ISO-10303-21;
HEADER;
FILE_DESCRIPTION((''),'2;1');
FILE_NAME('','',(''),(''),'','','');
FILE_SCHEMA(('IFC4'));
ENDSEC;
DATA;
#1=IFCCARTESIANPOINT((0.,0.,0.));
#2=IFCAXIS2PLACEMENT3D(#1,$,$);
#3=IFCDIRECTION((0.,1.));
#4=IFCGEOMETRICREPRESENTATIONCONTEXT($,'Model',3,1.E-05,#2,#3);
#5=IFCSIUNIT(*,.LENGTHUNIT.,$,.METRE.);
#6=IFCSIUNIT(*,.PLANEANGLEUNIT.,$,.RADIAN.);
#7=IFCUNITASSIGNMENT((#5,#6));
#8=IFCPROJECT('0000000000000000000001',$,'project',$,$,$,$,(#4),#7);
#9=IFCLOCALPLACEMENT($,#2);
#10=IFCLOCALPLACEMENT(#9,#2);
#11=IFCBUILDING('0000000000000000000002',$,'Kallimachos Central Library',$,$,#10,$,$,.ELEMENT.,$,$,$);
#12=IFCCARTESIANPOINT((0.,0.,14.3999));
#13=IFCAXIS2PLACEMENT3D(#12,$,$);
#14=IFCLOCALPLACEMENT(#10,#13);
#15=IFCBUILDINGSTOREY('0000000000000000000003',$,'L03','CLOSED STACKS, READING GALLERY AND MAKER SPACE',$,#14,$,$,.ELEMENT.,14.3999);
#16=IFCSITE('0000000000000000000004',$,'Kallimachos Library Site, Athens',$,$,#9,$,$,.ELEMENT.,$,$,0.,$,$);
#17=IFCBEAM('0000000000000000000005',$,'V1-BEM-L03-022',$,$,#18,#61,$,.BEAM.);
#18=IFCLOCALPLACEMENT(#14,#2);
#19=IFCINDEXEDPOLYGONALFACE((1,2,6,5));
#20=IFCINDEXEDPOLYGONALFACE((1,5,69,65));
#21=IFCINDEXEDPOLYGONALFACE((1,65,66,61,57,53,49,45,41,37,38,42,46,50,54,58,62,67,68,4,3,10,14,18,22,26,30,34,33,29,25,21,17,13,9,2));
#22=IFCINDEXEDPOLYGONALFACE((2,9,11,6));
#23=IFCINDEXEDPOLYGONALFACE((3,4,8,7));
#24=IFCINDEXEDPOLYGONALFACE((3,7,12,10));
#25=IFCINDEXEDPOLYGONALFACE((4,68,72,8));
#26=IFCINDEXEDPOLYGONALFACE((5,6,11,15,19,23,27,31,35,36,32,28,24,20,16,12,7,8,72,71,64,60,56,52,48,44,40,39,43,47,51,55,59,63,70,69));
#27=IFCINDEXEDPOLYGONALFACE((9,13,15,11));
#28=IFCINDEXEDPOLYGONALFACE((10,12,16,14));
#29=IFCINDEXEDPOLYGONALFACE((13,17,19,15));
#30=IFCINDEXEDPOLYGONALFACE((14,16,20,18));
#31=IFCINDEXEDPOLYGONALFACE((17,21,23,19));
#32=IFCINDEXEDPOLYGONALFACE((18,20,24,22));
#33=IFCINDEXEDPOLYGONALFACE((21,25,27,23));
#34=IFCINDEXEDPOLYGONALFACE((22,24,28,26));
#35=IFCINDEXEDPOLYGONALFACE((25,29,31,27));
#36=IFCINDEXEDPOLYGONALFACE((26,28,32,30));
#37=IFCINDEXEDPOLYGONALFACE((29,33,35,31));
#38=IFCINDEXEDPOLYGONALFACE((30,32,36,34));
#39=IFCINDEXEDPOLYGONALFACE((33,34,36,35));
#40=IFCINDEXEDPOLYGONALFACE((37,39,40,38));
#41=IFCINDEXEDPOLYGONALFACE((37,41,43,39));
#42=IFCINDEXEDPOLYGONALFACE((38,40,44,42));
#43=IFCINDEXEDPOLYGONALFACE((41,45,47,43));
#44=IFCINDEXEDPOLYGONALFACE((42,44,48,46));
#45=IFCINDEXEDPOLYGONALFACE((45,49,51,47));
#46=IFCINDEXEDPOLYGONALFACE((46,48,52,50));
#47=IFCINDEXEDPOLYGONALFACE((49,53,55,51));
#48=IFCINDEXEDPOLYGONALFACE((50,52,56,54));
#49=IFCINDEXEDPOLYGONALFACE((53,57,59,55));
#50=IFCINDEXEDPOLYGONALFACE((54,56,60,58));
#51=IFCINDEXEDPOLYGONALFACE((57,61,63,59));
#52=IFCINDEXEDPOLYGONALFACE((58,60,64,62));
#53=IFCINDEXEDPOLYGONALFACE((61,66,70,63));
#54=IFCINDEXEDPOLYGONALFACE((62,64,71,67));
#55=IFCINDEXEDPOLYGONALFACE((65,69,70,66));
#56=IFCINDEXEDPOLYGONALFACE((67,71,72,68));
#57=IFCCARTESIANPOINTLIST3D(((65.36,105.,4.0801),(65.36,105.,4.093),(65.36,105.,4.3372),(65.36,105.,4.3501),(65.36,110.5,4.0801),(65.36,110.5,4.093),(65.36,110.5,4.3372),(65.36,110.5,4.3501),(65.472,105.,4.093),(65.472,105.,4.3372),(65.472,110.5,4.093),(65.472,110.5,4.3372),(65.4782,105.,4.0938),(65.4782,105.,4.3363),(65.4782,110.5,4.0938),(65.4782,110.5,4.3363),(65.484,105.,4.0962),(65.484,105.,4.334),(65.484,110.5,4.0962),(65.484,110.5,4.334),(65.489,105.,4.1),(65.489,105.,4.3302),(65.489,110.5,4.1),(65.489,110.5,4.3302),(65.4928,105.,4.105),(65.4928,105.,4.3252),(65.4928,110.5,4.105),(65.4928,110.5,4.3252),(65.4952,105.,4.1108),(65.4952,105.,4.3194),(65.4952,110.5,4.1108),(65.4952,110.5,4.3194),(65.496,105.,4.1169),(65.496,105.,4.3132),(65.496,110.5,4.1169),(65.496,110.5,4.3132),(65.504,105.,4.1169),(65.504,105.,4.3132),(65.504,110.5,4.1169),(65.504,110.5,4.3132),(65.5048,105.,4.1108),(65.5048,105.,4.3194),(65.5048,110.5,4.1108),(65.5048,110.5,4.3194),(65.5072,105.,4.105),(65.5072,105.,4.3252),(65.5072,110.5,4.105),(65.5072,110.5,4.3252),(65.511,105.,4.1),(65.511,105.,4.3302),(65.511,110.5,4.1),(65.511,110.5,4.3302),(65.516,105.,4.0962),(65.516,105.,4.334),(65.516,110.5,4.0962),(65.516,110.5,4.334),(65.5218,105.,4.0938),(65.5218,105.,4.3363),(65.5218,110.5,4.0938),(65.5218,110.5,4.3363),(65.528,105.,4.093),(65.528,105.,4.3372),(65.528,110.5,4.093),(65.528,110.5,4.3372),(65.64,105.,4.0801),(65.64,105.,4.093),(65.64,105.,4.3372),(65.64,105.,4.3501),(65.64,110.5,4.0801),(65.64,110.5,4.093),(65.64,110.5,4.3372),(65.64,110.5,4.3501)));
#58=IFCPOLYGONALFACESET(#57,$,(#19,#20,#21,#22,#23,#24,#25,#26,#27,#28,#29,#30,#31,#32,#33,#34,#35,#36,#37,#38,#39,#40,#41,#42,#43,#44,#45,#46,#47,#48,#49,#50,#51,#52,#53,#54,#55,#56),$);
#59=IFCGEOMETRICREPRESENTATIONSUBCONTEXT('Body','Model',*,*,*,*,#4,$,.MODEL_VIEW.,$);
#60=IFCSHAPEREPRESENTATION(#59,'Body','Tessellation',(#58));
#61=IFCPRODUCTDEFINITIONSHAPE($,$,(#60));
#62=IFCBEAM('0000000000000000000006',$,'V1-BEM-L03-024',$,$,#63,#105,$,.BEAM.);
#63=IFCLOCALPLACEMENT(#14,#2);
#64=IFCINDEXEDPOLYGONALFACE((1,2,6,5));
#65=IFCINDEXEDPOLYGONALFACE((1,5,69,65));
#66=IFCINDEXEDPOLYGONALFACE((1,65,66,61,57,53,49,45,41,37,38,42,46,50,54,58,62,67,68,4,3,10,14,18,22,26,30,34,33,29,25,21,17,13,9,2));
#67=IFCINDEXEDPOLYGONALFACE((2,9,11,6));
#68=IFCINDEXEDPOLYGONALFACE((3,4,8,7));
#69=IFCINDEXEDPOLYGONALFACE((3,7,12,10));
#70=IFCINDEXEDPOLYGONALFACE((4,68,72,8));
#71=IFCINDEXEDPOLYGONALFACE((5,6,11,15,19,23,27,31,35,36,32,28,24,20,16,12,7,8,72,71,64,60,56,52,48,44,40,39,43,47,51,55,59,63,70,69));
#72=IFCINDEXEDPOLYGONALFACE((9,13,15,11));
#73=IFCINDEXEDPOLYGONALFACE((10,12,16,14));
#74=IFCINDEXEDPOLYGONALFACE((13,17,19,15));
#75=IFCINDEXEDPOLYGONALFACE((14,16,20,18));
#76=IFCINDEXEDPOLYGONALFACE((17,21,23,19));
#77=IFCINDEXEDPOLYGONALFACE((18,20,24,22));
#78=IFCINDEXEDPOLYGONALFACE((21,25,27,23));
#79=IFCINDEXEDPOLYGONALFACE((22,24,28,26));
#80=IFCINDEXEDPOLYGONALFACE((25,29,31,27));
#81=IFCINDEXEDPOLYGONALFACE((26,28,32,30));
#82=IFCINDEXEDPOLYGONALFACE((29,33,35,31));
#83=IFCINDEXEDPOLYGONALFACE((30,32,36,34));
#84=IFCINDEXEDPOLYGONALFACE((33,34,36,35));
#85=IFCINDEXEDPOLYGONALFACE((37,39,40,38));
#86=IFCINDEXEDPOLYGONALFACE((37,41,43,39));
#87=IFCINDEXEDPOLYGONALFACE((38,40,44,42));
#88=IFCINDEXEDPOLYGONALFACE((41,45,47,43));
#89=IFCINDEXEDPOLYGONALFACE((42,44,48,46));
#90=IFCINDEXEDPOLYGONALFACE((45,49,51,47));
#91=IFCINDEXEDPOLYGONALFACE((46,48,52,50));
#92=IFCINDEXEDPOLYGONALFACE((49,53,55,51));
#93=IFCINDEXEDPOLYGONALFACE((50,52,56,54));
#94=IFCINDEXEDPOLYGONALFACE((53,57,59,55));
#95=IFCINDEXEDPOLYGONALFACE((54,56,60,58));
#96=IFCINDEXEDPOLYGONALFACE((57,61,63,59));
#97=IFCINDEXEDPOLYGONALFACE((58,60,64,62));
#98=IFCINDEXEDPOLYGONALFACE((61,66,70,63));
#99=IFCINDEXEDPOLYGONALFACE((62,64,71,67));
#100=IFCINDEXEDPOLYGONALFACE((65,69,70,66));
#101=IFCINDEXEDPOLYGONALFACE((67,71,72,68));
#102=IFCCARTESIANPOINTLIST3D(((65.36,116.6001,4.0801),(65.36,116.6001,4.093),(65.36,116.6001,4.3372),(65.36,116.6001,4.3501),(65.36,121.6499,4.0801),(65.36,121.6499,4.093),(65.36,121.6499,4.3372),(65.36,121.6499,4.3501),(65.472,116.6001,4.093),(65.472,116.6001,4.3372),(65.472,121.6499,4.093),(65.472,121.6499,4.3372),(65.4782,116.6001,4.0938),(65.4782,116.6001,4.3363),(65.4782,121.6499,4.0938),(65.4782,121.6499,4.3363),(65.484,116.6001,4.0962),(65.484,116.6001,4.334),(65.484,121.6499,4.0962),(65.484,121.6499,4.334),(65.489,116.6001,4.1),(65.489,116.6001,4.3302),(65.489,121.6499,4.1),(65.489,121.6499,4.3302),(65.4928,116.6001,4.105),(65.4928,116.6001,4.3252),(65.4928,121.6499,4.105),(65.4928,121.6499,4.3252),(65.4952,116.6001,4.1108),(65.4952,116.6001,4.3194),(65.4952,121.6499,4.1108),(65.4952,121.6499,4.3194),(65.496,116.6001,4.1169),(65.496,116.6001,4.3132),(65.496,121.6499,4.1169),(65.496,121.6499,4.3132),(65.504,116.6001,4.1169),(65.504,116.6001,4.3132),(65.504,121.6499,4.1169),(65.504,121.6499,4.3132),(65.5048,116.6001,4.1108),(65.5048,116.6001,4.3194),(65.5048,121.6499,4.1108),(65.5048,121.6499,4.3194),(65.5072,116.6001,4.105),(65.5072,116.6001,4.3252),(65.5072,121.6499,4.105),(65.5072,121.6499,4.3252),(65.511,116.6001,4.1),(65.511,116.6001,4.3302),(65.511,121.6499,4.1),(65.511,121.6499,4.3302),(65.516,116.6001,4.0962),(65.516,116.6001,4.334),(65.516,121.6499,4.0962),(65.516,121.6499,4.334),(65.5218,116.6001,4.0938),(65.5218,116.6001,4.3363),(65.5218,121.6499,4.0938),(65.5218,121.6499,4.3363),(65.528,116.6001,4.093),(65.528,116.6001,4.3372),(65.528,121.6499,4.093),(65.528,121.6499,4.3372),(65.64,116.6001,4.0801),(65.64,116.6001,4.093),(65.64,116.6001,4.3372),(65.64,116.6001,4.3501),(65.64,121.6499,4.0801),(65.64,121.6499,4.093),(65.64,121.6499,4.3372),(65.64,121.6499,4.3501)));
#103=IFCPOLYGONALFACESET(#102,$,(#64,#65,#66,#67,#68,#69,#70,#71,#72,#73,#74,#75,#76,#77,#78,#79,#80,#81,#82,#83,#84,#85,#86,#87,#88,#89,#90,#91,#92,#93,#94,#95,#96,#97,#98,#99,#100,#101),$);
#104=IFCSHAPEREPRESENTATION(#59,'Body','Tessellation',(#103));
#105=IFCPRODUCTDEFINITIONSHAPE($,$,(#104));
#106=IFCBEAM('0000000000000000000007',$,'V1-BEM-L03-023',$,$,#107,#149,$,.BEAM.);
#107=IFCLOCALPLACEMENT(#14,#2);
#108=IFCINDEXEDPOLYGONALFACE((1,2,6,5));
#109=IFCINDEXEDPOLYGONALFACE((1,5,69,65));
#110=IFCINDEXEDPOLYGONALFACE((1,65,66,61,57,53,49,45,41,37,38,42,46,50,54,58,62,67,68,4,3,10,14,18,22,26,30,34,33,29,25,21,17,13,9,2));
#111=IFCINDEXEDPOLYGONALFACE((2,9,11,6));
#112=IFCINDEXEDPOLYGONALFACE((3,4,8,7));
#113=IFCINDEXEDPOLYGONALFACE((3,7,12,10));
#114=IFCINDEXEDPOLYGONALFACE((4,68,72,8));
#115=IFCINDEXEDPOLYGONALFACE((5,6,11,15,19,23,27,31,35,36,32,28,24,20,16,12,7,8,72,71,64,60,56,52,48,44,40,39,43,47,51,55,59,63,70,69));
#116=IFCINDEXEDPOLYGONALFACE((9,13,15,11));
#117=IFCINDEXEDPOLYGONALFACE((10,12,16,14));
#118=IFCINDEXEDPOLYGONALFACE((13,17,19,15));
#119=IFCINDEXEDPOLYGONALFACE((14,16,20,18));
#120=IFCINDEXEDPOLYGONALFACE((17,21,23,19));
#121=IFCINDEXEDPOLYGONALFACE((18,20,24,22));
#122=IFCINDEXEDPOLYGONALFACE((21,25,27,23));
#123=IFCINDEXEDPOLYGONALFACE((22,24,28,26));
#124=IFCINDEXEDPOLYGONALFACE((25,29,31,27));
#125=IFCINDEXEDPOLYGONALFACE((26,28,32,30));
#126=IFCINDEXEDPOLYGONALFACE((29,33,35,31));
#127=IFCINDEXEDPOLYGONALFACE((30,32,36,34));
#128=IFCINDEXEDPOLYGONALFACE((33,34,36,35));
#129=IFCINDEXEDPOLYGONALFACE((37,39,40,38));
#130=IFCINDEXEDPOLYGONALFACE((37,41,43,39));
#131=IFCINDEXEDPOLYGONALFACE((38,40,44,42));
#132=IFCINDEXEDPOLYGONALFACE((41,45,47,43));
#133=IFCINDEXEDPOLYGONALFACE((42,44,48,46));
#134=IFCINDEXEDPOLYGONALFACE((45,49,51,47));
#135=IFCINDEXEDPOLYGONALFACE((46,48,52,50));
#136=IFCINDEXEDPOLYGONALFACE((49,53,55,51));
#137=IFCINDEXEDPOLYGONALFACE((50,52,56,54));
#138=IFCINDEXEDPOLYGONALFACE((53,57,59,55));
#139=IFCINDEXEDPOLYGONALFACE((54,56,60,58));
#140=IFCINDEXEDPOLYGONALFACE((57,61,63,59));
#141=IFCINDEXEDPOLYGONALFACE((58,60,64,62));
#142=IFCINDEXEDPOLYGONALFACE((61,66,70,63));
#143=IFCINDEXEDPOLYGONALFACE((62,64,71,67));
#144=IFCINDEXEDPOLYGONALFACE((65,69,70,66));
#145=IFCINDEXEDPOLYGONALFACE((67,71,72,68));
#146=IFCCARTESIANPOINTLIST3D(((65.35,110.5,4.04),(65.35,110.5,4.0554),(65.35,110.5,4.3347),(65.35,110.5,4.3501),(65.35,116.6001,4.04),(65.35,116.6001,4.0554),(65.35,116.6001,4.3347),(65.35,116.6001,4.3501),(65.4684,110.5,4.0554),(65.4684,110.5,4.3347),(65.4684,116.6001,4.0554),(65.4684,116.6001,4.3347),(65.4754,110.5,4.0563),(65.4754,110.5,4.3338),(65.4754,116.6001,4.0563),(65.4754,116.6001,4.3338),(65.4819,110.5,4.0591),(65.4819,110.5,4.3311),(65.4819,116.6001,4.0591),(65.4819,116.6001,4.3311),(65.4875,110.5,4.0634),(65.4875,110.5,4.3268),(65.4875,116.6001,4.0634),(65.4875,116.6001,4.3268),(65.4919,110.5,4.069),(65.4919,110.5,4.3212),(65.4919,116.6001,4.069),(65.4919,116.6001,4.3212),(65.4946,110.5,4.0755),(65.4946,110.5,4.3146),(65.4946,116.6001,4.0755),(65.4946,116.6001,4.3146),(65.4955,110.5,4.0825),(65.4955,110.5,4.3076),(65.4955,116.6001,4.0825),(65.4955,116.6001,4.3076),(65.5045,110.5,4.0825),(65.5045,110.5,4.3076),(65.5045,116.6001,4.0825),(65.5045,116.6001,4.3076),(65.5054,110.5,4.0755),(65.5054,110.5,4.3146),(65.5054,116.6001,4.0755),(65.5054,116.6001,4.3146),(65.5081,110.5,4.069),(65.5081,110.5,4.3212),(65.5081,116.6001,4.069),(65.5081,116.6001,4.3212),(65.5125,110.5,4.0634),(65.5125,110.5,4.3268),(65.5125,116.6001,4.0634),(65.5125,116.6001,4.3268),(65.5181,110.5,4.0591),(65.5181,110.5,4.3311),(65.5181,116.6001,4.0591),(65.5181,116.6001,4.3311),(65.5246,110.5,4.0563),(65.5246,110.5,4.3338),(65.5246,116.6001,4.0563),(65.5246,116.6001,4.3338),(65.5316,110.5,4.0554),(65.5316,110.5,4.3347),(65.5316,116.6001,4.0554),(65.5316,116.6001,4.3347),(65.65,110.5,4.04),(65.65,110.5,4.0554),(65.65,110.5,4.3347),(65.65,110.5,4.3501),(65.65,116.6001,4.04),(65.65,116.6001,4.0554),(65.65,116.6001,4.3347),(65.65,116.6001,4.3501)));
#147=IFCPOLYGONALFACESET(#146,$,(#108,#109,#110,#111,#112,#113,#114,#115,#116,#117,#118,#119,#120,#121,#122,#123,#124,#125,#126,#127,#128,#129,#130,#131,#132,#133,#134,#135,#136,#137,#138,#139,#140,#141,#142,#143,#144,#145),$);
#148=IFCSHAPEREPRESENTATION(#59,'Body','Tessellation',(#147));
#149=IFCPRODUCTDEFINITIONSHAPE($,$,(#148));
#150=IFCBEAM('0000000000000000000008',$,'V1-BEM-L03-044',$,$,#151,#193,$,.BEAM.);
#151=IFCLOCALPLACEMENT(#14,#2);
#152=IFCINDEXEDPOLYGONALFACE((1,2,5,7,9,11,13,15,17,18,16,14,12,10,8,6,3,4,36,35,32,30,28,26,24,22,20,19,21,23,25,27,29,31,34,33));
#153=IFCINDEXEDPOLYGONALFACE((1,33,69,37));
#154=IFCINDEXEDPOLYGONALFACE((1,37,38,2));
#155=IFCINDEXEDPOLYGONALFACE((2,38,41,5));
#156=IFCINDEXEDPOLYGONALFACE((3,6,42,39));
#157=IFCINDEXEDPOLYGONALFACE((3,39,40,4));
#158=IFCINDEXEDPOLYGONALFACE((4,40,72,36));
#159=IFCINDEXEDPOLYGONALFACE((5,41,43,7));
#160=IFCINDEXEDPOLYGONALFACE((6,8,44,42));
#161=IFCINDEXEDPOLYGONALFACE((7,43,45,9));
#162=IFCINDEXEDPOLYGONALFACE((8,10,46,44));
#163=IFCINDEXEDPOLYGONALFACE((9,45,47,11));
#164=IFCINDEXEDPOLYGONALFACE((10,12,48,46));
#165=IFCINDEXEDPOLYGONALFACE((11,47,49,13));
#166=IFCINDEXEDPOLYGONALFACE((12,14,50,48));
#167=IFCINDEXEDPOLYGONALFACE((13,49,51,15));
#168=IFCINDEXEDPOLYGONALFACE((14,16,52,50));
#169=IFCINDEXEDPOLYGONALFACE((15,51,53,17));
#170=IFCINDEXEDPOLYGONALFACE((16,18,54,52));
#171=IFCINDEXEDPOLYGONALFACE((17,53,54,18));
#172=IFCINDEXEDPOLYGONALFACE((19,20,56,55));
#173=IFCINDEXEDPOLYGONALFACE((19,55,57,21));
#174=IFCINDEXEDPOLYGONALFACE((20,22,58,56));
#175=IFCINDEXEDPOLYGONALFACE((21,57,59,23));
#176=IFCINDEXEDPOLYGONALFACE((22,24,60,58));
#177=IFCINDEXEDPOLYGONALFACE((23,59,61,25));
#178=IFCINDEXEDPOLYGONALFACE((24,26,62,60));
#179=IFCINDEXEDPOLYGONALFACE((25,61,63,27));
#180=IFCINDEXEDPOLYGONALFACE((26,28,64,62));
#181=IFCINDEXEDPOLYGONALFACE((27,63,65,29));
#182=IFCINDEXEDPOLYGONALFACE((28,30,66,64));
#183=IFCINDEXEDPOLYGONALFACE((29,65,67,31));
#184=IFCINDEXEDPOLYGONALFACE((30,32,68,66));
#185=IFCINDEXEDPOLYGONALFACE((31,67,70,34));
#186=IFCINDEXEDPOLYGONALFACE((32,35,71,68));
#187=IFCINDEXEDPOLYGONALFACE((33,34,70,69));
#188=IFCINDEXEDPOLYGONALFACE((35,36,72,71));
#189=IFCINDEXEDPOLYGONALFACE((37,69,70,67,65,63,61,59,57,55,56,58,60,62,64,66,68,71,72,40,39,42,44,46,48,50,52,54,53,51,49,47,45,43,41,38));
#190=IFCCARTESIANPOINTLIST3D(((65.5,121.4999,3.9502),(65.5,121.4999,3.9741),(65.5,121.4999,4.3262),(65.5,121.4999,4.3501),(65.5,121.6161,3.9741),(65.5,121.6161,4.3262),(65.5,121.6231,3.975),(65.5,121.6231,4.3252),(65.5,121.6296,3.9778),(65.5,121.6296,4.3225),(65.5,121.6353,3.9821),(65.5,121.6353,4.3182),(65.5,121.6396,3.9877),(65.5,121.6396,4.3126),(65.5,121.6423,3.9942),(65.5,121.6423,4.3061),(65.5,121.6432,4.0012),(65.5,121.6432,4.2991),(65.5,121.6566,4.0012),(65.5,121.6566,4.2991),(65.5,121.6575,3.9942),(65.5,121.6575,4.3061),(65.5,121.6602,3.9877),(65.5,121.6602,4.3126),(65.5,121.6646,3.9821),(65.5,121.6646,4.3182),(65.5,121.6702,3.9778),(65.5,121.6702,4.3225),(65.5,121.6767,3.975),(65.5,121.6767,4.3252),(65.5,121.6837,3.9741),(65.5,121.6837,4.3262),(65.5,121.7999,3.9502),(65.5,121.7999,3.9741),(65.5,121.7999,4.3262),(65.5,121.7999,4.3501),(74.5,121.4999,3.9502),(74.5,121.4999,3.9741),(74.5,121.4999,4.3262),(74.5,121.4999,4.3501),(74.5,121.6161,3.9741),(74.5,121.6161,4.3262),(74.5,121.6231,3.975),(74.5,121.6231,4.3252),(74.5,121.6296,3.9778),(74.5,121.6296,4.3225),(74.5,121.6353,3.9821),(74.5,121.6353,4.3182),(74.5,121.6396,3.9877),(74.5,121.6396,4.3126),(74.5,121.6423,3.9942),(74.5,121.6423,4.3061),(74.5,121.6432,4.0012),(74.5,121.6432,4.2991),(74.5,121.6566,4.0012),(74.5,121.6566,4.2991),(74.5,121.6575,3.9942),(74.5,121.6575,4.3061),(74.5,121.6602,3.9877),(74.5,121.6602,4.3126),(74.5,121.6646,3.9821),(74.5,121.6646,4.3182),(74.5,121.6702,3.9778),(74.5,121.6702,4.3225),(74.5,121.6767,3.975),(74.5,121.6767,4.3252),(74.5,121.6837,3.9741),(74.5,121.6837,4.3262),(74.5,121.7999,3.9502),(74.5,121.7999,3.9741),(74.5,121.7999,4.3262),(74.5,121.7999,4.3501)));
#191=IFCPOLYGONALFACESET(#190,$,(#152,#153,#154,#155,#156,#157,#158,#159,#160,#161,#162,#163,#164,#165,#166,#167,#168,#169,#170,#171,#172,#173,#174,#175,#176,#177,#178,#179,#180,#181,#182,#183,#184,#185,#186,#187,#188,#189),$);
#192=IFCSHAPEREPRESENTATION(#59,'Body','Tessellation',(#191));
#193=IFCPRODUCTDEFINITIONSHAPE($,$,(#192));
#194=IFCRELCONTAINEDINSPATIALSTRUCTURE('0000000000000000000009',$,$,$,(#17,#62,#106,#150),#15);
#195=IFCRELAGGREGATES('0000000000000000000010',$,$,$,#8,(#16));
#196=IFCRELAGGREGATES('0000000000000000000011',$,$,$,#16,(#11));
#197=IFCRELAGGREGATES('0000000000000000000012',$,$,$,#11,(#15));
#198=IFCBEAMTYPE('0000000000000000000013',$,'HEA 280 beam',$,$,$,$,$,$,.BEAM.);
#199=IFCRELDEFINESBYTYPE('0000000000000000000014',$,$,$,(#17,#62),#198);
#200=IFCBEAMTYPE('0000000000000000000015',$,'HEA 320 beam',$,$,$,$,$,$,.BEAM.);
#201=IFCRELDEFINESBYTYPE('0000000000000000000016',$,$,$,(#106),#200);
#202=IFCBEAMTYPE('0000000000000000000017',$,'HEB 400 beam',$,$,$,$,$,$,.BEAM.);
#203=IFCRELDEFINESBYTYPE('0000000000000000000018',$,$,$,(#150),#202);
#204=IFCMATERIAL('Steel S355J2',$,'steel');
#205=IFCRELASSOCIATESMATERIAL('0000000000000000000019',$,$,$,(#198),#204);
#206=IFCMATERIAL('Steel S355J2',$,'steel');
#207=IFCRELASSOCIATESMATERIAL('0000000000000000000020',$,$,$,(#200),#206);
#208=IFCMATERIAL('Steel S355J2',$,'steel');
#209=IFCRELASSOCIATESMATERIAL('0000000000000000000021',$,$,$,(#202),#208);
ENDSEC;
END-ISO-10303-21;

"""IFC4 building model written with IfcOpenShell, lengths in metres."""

from ifc_helpers import new_model, si_unit, direction, frame, origin, origin_2d, place, context, subcontext, project, spatial, i_section, extrude, material, material_profile, profile_set, type_object, element, save


model = new_model("IFC4")

# Units and contexts
model_context = context("Model", 3, precision=1e-05, world=origin(), true_north=direction((0.0, 1.0)))
body_context = subcontext(model_context, "Body", "Model", "MODEL_VIEW")
ifc_project = project(units=[si_unit("LENGTHUNIT", "METRE"), si_unit("PLANEANGLEUNIT", "RADIAN")], contexts=[model_context])

# Site, building, storey
site_placement = place(None, origin())
site = spatial("IfcSite", under=ifc_project, at=site_placement, Name="Kallimachos Library Site, Athens", CompositionType="ELEMENT", RefElevation=0.0)
building_placement = place(site_placement, origin())
building = spatial("IfcBuilding", under=site, at=building_placement, Name="Kallimachos Central Library", CompositionType="ELEMENT")
storey_placement = place(building_placement, frame((0.0, 0.0, 14.3999)))
storey = spatial("IfcBuildingStorey", under=building, at=storey_placement, Name="L03", Description="CLOSED STACKS, READING GALLERY AND MAKER SPACE", CompositionType="ELEMENT", Elevation=14.3999)

# Beams
ifc_material_1 = material(Name="Steel S355J2", Category="steel")
ifc_material_profile_1 = material_profile(ifc_material_1, i_section(OverallWidth=0.28, OverallDepth=0.27, WebThickness=0.0081, FlangeThickness=0.0129, FilletRadius=0.0239, at=origin_2d()), Name="HEA 280")
ifc_profile_set_1 = profile_set([ifc_material_profile_1], Name="Steel S355J2")
beam_type_1 = type_object("IfcBeamType", Name="HEA 280 beam", PredefinedType="BEAM", material=ifc_profile_set_1)
beam_1_placement = place(storey_placement, frame((65.5, 105.0, 4.2151), z_axis=(0.0, 1.0, 0.0), x_axis=(-1.0, 0.0, 0.0)))
element("IfcBeam", 1, at=beam_1_placement, inside=storey, type_object=beam_type_1, Name="V1-BEM-L03-022", PredefinedType="BEAM", context=body_context, shape_type="SweptSolid", body=[
    extrude(i_section(OverallWidth=0.28, OverallDepth=0.27, WebThickness=0.0081, FlangeThickness=0.0129, FilletRadius=0.0239, at=origin_2d()), origin(), (0.0, 0.0, 1.0), 5.5),
])
beam_2_placement = place(storey_placement, frame((65.5, 116.6001, 4.2151), z_axis=(0.0, 1.0, 0.0), x_axis=(-1.0, 0.0, 0.0)))
element("IfcBeam", 2, at=beam_2_placement, inside=storey, type_object=beam_type_1, Name="V1-BEM-L03-024", PredefinedType="BEAM", context=body_context, shape_type="SweptSolid", body=[
    extrude(i_section(OverallWidth=0.28, OverallDepth=0.27, WebThickness=0.0081, FlangeThickness=0.0129, FilletRadius=0.0239, at=origin_2d()), origin(), (0.0, 0.0, 1.0), 5.0498),
])
ifc_material_2 = material(Name="Steel S355J2", Category="steel")
ifc_material_profile_2 = material_profile(ifc_material_2, i_section(OverallWidth=0.3, OverallDepth=0.3101, WebThickness=0.009, FlangeThickness=0.0154, FilletRadius=0.0271, at=origin_2d()), Name="HEA 320")
ifc_profile_set_2 = profile_set([ifc_material_profile_2], Name="Steel S355J2")
beam_type_2 = type_object("IfcBeamType", Name="HEA 320 beam", PredefinedType="BEAM", material=ifc_profile_set_2)
beam_3_placement = place(storey_placement, frame((65.5, 110.5, 4.1951), z_axis=(0.0, 1.0, 0.0), x_axis=(-1.0, 0.0, 0.0)))
element("IfcBeam", 3, at=beam_3_placement, inside=storey, type_object=beam_type_2, Name="V1-BEM-L03-023", PredefinedType="BEAM", context=body_context, shape_type="SweptSolid", body=[
    extrude(i_section(OverallWidth=0.3, OverallDepth=0.3101, WebThickness=0.009, FlangeThickness=0.0154, FilletRadius=0.0271, at=origin_2d()), origin(), (0.0, 0.0, 1.0), 6.1001),
])
ifc_material_3 = material(Name="Steel S355J2", Category="steel")
ifc_material_profile_3 = material_profile(ifc_material_3, i_section(OverallWidth=0.3, OverallDepth=0.3999, WebThickness=0.0134, FlangeThickness=0.0239, FilletRadius=0.0271, at=origin_2d()), Name="HEB 400")
ifc_profile_set_3 = profile_set([ifc_material_profile_3], Name="Steel S355J2")
beam_type_3 = type_object("IfcBeamType", Name="HEB 400 beam", PredefinedType="BEAM", material=ifc_profile_set_3)
beam_4_placement = place(storey_placement, frame((65.5, 121.6499, 4.1501), z_axis=(1.0, 0.0, 0.0), x_axis=(0.0, 1.0, 0.0)))
element("IfcBeam", 4, at=beam_4_placement, inside=storey, type_object=beam_type_3, Name="V1-BEM-L03-044", PredefinedType="BEAM", context=body_context, shape_type="SweptSolid", body=[
    extrude(i_section(OverallWidth=0.3, OverallDepth=0.3999, WebThickness=0.0134, FlangeThickness=0.0239, FilletRadius=0.0271, at=origin_2d()), origin(), (0.0, 0.0, 1.0), 9.0),
])

save(model, "model.ifc")
